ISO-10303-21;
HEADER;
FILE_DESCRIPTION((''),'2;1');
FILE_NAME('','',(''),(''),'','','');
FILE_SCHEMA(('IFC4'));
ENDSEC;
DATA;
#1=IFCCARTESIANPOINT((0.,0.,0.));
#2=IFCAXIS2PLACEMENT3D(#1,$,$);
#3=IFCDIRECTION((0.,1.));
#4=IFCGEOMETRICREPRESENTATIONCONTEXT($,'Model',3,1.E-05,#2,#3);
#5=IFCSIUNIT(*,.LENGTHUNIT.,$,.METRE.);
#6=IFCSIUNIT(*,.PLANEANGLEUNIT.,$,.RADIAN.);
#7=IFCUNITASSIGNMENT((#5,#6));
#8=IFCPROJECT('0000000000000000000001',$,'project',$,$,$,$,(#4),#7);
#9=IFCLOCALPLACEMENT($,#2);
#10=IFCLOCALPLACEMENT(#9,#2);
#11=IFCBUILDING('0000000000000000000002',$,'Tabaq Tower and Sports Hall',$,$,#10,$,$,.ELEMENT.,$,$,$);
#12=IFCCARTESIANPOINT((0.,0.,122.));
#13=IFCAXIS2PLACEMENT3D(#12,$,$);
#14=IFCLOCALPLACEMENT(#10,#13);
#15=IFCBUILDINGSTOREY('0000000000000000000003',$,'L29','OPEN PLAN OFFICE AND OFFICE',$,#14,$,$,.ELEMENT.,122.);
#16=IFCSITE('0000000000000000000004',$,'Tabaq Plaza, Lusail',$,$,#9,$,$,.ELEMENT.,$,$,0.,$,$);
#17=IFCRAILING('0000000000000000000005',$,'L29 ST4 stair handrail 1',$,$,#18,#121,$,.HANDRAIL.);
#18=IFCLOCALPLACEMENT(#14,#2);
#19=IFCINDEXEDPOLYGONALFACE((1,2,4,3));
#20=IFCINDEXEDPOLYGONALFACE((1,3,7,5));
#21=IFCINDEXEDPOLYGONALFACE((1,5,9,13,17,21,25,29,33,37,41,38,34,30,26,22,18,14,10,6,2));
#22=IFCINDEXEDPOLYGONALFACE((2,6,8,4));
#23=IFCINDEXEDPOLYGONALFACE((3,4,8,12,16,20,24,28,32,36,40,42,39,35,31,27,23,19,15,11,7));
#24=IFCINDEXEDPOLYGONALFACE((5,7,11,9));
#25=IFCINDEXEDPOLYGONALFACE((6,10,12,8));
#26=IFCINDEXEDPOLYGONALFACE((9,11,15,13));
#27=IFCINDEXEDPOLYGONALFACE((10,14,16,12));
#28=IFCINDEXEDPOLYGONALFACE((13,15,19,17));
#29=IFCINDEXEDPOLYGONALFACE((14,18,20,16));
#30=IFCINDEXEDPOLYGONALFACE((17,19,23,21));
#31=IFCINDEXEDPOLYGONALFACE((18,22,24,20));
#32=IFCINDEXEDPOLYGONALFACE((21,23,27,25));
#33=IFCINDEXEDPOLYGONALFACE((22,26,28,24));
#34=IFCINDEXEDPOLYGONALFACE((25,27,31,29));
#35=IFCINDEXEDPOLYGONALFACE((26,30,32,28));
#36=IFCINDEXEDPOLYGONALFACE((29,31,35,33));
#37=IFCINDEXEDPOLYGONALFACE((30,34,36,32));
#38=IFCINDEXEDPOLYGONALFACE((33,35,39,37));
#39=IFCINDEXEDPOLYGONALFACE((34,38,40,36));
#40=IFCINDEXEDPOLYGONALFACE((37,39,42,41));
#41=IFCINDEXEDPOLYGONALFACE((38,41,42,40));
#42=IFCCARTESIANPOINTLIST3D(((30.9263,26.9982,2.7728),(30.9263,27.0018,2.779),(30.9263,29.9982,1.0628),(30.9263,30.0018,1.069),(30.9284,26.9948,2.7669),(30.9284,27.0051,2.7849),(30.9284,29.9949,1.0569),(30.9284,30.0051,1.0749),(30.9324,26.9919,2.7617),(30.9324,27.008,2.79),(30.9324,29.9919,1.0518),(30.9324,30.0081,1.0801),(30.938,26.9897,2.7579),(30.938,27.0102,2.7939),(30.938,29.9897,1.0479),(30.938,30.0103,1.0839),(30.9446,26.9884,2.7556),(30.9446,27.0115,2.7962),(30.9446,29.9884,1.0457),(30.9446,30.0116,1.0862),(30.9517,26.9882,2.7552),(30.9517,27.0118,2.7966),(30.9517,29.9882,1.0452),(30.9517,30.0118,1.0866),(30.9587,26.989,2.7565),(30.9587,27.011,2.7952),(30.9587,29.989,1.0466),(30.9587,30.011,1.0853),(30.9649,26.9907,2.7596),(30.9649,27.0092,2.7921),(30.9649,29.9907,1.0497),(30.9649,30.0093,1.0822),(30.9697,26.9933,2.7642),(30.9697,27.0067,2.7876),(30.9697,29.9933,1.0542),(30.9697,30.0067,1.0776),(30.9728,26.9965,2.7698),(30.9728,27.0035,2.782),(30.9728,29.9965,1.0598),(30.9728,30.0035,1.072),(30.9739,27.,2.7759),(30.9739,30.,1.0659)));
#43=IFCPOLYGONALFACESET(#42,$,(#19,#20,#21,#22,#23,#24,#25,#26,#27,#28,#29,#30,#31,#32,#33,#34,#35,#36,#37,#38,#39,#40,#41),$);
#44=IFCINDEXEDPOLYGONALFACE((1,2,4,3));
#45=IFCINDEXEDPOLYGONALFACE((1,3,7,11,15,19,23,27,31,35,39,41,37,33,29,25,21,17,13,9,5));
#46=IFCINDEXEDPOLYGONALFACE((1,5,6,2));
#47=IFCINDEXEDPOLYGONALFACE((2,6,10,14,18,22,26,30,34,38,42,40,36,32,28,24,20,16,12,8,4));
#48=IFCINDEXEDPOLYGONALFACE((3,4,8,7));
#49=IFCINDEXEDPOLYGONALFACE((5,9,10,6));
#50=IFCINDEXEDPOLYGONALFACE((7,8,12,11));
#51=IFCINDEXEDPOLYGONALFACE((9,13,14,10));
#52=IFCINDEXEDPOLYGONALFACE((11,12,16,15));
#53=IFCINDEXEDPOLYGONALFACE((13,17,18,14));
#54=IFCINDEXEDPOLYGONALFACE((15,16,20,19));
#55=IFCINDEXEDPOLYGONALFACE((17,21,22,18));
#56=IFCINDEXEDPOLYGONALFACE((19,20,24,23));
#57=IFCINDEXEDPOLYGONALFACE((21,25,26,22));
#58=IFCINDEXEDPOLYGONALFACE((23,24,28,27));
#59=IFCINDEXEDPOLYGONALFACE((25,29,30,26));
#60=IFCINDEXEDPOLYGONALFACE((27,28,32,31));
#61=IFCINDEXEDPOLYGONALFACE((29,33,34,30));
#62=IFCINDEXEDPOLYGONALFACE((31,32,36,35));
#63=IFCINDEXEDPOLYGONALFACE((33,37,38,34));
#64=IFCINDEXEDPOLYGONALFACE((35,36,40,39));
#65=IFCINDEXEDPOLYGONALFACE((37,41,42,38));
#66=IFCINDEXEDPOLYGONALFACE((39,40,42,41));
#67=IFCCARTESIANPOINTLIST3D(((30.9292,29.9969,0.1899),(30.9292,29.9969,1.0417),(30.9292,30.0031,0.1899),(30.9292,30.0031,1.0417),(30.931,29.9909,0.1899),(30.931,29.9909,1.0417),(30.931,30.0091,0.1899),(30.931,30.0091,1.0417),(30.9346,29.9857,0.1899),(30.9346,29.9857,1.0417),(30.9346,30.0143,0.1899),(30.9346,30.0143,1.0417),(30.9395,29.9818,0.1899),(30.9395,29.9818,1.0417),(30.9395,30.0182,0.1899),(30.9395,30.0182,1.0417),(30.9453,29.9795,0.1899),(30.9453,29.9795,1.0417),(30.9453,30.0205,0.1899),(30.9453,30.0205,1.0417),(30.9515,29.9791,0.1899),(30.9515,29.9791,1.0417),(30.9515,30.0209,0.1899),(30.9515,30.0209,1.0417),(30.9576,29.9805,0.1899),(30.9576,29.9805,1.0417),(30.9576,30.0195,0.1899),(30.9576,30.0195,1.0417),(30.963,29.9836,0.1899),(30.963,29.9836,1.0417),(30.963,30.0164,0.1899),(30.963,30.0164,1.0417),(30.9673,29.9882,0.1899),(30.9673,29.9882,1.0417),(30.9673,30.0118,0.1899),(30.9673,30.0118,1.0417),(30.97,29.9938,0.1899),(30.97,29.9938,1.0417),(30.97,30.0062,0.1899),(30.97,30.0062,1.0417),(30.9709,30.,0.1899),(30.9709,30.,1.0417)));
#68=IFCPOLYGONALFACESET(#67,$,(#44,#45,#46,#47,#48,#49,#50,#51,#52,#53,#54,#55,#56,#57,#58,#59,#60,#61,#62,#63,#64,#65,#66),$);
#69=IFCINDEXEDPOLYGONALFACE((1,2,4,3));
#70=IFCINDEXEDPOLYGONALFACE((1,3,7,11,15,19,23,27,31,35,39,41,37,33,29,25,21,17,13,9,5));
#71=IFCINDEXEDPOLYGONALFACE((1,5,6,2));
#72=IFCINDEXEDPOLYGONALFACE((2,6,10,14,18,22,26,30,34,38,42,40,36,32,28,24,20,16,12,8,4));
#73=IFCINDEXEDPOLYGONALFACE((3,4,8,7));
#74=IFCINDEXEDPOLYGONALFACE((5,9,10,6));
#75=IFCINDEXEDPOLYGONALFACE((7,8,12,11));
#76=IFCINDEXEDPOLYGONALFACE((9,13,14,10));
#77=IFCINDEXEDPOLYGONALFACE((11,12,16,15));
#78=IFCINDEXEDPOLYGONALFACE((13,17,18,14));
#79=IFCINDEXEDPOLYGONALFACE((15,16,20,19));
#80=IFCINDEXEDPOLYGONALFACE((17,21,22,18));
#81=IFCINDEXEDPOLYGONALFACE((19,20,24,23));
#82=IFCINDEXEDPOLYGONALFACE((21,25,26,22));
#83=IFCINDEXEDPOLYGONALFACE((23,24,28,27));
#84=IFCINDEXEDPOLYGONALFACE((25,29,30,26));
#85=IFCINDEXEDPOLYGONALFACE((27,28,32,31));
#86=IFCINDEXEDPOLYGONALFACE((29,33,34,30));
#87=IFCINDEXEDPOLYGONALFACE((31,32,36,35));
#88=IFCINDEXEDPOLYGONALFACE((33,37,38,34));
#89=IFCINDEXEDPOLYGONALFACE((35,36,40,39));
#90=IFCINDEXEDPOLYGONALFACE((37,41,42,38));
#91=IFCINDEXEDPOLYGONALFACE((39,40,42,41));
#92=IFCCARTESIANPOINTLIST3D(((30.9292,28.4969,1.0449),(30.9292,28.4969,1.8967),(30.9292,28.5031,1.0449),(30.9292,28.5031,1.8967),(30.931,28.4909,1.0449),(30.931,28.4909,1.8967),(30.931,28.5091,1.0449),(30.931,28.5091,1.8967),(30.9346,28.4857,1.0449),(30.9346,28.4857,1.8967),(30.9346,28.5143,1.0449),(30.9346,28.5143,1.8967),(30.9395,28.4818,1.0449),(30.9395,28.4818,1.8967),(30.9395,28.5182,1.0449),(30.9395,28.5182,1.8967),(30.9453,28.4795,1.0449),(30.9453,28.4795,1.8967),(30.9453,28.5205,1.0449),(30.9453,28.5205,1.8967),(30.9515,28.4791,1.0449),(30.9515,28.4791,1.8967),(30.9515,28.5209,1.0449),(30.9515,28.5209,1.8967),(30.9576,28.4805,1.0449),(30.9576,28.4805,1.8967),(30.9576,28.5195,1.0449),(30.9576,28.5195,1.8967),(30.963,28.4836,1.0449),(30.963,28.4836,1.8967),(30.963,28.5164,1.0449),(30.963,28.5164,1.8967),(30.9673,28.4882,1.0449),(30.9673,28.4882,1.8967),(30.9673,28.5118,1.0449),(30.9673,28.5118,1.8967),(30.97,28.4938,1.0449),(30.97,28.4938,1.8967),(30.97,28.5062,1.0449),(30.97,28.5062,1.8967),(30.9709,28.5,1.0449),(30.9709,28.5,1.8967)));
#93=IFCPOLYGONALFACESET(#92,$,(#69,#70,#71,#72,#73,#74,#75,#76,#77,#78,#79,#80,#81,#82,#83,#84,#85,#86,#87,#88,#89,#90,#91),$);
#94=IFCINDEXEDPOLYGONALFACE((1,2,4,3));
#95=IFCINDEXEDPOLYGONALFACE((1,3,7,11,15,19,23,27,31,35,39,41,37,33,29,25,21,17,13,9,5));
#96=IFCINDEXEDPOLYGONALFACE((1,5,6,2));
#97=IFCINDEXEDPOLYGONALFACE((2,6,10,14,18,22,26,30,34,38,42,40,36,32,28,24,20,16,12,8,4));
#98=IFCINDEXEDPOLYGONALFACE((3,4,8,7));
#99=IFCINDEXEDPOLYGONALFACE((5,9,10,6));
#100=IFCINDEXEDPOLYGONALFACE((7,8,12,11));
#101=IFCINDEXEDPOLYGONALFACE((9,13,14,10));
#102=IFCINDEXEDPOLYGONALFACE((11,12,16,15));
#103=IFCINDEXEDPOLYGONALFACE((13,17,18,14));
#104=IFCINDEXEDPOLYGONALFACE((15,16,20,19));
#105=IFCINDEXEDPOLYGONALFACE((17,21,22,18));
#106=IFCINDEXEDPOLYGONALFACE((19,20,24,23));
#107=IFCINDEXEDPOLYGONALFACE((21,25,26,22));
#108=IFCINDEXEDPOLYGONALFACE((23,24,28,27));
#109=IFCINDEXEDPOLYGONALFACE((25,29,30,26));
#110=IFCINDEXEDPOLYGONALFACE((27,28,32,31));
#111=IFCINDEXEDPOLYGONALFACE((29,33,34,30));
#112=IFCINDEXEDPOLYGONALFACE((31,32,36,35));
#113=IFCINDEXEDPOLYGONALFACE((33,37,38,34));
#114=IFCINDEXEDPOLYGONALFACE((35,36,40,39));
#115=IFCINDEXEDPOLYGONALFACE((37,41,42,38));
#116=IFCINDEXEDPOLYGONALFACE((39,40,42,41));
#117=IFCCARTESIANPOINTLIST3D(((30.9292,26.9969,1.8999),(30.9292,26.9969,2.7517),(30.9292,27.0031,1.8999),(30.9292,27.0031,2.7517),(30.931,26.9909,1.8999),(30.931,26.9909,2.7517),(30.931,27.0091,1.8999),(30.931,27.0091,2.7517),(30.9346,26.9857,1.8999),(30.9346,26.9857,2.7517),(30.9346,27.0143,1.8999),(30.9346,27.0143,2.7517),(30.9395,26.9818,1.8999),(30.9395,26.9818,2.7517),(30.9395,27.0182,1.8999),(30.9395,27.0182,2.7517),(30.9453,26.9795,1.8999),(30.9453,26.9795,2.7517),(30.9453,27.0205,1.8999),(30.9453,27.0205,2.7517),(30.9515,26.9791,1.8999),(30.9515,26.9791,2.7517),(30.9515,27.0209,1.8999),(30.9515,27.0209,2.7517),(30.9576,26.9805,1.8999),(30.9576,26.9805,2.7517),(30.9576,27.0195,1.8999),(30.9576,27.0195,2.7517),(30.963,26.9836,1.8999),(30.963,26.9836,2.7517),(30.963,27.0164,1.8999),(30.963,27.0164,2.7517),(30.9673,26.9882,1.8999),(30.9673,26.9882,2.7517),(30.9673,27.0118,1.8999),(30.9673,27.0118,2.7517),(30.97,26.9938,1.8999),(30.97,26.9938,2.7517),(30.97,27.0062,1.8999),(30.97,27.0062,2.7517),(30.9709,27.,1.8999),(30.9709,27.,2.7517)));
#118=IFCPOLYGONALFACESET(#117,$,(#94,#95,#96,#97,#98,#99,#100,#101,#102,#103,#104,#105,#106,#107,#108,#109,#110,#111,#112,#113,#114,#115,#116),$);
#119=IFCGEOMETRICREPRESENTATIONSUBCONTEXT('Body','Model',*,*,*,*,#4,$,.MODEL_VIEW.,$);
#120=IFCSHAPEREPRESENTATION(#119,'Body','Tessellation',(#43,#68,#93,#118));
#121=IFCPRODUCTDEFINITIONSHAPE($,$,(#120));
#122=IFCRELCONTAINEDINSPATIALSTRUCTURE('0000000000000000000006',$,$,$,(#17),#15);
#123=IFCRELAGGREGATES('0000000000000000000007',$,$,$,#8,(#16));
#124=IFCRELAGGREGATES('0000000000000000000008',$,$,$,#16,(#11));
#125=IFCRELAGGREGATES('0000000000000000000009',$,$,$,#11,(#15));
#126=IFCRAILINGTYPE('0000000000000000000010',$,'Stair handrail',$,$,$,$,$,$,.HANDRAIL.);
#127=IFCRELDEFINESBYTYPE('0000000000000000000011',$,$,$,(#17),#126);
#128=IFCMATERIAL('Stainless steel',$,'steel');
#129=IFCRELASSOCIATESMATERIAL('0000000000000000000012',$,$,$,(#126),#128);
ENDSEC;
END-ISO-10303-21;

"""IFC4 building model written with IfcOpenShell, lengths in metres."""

from ifc_helpers import new_model, si_unit, direction, frame, origin, origin_2d, place, context, subcontext, project, spatial, circle, extrude, material, type_object, element, save


model = new_model("IFC4")

# Units and contexts
model_context = context("Model", 3, precision=1e-05, world=origin(), true_north=direction((0.0, 1.0)))
body_context = subcontext(model_context, "Body", "Model", "MODEL_VIEW")
ifc_project = project(units=[si_unit("LENGTHUNIT", "METRE"), si_unit("PLANEANGLEUNIT", "RADIAN")], contexts=[model_context])

# Site, building, storey
site_placement = place(None, origin())
site = spatial("IfcSite", under=ifc_project, at=site_placement, Name="Tabaq Plaza, Lusail", CompositionType="ELEMENT", RefElevation=0.0)
building_placement = place(site_placement, origin())
building = spatial("IfcBuilding", under=site, at=building_placement, Name="Tabaq Tower and Sports Hall", CompositionType="ELEMENT")
storey_placement = place(building_placement, frame((0.0, 0.0, 122.0)))
storey = spatial("IfcBuildingStorey", under=building, at=storey_placement, Name="L29", Description="OPEN PLAN OFFICE AND OFFICE", CompositionType="ELEMENT", Elevation=122.0)

# Railing
ifc_material_1 = material(Name="Stainless steel", Category="steel")
railing_type_1 = type_object("IfcRailingType", Name="Stair handrail", PredefinedType="HANDRAIL", material=ifc_material_1)
railing_1_placement = place(storey_placement, frame((30.95, 30.0, 0.1899)))
element("IfcRailing", 1, at=railing_1_placement, inside=storey, type_object=railing_type_1, Name="L29 ST4 stair handrail 1", PredefinedType="HANDRAIL", context=body_context, shape_type="SweptSolid", body=[
    extrude(circle(Radius=0.0239, at=origin_2d()), frame((0.0, 0.0, 0.876), z_axis=(0.0, -0.868782, 0.495195), x_axis=(1.0, 0.0, 0.0)), (0.0, 0.0, 1.0), 3.4531),
    extrude(circle(Radius=0.021, at=origin_2d()), origin(), (0.0, 0.0, 1.0), 0.8518),
    extrude(circle(Radius=0.021, at=origin_2d()), frame((0.0, -1.5, 0.855)), (0.0, 0.0, 1.0), 0.8518),
    extrude(circle(Radius=0.021, at=origin_2d()), frame((0.0, -3.0, 1.71)), (0.0, 0.0, 1.0), 0.8518),
])

save(model, "model.ifc")
